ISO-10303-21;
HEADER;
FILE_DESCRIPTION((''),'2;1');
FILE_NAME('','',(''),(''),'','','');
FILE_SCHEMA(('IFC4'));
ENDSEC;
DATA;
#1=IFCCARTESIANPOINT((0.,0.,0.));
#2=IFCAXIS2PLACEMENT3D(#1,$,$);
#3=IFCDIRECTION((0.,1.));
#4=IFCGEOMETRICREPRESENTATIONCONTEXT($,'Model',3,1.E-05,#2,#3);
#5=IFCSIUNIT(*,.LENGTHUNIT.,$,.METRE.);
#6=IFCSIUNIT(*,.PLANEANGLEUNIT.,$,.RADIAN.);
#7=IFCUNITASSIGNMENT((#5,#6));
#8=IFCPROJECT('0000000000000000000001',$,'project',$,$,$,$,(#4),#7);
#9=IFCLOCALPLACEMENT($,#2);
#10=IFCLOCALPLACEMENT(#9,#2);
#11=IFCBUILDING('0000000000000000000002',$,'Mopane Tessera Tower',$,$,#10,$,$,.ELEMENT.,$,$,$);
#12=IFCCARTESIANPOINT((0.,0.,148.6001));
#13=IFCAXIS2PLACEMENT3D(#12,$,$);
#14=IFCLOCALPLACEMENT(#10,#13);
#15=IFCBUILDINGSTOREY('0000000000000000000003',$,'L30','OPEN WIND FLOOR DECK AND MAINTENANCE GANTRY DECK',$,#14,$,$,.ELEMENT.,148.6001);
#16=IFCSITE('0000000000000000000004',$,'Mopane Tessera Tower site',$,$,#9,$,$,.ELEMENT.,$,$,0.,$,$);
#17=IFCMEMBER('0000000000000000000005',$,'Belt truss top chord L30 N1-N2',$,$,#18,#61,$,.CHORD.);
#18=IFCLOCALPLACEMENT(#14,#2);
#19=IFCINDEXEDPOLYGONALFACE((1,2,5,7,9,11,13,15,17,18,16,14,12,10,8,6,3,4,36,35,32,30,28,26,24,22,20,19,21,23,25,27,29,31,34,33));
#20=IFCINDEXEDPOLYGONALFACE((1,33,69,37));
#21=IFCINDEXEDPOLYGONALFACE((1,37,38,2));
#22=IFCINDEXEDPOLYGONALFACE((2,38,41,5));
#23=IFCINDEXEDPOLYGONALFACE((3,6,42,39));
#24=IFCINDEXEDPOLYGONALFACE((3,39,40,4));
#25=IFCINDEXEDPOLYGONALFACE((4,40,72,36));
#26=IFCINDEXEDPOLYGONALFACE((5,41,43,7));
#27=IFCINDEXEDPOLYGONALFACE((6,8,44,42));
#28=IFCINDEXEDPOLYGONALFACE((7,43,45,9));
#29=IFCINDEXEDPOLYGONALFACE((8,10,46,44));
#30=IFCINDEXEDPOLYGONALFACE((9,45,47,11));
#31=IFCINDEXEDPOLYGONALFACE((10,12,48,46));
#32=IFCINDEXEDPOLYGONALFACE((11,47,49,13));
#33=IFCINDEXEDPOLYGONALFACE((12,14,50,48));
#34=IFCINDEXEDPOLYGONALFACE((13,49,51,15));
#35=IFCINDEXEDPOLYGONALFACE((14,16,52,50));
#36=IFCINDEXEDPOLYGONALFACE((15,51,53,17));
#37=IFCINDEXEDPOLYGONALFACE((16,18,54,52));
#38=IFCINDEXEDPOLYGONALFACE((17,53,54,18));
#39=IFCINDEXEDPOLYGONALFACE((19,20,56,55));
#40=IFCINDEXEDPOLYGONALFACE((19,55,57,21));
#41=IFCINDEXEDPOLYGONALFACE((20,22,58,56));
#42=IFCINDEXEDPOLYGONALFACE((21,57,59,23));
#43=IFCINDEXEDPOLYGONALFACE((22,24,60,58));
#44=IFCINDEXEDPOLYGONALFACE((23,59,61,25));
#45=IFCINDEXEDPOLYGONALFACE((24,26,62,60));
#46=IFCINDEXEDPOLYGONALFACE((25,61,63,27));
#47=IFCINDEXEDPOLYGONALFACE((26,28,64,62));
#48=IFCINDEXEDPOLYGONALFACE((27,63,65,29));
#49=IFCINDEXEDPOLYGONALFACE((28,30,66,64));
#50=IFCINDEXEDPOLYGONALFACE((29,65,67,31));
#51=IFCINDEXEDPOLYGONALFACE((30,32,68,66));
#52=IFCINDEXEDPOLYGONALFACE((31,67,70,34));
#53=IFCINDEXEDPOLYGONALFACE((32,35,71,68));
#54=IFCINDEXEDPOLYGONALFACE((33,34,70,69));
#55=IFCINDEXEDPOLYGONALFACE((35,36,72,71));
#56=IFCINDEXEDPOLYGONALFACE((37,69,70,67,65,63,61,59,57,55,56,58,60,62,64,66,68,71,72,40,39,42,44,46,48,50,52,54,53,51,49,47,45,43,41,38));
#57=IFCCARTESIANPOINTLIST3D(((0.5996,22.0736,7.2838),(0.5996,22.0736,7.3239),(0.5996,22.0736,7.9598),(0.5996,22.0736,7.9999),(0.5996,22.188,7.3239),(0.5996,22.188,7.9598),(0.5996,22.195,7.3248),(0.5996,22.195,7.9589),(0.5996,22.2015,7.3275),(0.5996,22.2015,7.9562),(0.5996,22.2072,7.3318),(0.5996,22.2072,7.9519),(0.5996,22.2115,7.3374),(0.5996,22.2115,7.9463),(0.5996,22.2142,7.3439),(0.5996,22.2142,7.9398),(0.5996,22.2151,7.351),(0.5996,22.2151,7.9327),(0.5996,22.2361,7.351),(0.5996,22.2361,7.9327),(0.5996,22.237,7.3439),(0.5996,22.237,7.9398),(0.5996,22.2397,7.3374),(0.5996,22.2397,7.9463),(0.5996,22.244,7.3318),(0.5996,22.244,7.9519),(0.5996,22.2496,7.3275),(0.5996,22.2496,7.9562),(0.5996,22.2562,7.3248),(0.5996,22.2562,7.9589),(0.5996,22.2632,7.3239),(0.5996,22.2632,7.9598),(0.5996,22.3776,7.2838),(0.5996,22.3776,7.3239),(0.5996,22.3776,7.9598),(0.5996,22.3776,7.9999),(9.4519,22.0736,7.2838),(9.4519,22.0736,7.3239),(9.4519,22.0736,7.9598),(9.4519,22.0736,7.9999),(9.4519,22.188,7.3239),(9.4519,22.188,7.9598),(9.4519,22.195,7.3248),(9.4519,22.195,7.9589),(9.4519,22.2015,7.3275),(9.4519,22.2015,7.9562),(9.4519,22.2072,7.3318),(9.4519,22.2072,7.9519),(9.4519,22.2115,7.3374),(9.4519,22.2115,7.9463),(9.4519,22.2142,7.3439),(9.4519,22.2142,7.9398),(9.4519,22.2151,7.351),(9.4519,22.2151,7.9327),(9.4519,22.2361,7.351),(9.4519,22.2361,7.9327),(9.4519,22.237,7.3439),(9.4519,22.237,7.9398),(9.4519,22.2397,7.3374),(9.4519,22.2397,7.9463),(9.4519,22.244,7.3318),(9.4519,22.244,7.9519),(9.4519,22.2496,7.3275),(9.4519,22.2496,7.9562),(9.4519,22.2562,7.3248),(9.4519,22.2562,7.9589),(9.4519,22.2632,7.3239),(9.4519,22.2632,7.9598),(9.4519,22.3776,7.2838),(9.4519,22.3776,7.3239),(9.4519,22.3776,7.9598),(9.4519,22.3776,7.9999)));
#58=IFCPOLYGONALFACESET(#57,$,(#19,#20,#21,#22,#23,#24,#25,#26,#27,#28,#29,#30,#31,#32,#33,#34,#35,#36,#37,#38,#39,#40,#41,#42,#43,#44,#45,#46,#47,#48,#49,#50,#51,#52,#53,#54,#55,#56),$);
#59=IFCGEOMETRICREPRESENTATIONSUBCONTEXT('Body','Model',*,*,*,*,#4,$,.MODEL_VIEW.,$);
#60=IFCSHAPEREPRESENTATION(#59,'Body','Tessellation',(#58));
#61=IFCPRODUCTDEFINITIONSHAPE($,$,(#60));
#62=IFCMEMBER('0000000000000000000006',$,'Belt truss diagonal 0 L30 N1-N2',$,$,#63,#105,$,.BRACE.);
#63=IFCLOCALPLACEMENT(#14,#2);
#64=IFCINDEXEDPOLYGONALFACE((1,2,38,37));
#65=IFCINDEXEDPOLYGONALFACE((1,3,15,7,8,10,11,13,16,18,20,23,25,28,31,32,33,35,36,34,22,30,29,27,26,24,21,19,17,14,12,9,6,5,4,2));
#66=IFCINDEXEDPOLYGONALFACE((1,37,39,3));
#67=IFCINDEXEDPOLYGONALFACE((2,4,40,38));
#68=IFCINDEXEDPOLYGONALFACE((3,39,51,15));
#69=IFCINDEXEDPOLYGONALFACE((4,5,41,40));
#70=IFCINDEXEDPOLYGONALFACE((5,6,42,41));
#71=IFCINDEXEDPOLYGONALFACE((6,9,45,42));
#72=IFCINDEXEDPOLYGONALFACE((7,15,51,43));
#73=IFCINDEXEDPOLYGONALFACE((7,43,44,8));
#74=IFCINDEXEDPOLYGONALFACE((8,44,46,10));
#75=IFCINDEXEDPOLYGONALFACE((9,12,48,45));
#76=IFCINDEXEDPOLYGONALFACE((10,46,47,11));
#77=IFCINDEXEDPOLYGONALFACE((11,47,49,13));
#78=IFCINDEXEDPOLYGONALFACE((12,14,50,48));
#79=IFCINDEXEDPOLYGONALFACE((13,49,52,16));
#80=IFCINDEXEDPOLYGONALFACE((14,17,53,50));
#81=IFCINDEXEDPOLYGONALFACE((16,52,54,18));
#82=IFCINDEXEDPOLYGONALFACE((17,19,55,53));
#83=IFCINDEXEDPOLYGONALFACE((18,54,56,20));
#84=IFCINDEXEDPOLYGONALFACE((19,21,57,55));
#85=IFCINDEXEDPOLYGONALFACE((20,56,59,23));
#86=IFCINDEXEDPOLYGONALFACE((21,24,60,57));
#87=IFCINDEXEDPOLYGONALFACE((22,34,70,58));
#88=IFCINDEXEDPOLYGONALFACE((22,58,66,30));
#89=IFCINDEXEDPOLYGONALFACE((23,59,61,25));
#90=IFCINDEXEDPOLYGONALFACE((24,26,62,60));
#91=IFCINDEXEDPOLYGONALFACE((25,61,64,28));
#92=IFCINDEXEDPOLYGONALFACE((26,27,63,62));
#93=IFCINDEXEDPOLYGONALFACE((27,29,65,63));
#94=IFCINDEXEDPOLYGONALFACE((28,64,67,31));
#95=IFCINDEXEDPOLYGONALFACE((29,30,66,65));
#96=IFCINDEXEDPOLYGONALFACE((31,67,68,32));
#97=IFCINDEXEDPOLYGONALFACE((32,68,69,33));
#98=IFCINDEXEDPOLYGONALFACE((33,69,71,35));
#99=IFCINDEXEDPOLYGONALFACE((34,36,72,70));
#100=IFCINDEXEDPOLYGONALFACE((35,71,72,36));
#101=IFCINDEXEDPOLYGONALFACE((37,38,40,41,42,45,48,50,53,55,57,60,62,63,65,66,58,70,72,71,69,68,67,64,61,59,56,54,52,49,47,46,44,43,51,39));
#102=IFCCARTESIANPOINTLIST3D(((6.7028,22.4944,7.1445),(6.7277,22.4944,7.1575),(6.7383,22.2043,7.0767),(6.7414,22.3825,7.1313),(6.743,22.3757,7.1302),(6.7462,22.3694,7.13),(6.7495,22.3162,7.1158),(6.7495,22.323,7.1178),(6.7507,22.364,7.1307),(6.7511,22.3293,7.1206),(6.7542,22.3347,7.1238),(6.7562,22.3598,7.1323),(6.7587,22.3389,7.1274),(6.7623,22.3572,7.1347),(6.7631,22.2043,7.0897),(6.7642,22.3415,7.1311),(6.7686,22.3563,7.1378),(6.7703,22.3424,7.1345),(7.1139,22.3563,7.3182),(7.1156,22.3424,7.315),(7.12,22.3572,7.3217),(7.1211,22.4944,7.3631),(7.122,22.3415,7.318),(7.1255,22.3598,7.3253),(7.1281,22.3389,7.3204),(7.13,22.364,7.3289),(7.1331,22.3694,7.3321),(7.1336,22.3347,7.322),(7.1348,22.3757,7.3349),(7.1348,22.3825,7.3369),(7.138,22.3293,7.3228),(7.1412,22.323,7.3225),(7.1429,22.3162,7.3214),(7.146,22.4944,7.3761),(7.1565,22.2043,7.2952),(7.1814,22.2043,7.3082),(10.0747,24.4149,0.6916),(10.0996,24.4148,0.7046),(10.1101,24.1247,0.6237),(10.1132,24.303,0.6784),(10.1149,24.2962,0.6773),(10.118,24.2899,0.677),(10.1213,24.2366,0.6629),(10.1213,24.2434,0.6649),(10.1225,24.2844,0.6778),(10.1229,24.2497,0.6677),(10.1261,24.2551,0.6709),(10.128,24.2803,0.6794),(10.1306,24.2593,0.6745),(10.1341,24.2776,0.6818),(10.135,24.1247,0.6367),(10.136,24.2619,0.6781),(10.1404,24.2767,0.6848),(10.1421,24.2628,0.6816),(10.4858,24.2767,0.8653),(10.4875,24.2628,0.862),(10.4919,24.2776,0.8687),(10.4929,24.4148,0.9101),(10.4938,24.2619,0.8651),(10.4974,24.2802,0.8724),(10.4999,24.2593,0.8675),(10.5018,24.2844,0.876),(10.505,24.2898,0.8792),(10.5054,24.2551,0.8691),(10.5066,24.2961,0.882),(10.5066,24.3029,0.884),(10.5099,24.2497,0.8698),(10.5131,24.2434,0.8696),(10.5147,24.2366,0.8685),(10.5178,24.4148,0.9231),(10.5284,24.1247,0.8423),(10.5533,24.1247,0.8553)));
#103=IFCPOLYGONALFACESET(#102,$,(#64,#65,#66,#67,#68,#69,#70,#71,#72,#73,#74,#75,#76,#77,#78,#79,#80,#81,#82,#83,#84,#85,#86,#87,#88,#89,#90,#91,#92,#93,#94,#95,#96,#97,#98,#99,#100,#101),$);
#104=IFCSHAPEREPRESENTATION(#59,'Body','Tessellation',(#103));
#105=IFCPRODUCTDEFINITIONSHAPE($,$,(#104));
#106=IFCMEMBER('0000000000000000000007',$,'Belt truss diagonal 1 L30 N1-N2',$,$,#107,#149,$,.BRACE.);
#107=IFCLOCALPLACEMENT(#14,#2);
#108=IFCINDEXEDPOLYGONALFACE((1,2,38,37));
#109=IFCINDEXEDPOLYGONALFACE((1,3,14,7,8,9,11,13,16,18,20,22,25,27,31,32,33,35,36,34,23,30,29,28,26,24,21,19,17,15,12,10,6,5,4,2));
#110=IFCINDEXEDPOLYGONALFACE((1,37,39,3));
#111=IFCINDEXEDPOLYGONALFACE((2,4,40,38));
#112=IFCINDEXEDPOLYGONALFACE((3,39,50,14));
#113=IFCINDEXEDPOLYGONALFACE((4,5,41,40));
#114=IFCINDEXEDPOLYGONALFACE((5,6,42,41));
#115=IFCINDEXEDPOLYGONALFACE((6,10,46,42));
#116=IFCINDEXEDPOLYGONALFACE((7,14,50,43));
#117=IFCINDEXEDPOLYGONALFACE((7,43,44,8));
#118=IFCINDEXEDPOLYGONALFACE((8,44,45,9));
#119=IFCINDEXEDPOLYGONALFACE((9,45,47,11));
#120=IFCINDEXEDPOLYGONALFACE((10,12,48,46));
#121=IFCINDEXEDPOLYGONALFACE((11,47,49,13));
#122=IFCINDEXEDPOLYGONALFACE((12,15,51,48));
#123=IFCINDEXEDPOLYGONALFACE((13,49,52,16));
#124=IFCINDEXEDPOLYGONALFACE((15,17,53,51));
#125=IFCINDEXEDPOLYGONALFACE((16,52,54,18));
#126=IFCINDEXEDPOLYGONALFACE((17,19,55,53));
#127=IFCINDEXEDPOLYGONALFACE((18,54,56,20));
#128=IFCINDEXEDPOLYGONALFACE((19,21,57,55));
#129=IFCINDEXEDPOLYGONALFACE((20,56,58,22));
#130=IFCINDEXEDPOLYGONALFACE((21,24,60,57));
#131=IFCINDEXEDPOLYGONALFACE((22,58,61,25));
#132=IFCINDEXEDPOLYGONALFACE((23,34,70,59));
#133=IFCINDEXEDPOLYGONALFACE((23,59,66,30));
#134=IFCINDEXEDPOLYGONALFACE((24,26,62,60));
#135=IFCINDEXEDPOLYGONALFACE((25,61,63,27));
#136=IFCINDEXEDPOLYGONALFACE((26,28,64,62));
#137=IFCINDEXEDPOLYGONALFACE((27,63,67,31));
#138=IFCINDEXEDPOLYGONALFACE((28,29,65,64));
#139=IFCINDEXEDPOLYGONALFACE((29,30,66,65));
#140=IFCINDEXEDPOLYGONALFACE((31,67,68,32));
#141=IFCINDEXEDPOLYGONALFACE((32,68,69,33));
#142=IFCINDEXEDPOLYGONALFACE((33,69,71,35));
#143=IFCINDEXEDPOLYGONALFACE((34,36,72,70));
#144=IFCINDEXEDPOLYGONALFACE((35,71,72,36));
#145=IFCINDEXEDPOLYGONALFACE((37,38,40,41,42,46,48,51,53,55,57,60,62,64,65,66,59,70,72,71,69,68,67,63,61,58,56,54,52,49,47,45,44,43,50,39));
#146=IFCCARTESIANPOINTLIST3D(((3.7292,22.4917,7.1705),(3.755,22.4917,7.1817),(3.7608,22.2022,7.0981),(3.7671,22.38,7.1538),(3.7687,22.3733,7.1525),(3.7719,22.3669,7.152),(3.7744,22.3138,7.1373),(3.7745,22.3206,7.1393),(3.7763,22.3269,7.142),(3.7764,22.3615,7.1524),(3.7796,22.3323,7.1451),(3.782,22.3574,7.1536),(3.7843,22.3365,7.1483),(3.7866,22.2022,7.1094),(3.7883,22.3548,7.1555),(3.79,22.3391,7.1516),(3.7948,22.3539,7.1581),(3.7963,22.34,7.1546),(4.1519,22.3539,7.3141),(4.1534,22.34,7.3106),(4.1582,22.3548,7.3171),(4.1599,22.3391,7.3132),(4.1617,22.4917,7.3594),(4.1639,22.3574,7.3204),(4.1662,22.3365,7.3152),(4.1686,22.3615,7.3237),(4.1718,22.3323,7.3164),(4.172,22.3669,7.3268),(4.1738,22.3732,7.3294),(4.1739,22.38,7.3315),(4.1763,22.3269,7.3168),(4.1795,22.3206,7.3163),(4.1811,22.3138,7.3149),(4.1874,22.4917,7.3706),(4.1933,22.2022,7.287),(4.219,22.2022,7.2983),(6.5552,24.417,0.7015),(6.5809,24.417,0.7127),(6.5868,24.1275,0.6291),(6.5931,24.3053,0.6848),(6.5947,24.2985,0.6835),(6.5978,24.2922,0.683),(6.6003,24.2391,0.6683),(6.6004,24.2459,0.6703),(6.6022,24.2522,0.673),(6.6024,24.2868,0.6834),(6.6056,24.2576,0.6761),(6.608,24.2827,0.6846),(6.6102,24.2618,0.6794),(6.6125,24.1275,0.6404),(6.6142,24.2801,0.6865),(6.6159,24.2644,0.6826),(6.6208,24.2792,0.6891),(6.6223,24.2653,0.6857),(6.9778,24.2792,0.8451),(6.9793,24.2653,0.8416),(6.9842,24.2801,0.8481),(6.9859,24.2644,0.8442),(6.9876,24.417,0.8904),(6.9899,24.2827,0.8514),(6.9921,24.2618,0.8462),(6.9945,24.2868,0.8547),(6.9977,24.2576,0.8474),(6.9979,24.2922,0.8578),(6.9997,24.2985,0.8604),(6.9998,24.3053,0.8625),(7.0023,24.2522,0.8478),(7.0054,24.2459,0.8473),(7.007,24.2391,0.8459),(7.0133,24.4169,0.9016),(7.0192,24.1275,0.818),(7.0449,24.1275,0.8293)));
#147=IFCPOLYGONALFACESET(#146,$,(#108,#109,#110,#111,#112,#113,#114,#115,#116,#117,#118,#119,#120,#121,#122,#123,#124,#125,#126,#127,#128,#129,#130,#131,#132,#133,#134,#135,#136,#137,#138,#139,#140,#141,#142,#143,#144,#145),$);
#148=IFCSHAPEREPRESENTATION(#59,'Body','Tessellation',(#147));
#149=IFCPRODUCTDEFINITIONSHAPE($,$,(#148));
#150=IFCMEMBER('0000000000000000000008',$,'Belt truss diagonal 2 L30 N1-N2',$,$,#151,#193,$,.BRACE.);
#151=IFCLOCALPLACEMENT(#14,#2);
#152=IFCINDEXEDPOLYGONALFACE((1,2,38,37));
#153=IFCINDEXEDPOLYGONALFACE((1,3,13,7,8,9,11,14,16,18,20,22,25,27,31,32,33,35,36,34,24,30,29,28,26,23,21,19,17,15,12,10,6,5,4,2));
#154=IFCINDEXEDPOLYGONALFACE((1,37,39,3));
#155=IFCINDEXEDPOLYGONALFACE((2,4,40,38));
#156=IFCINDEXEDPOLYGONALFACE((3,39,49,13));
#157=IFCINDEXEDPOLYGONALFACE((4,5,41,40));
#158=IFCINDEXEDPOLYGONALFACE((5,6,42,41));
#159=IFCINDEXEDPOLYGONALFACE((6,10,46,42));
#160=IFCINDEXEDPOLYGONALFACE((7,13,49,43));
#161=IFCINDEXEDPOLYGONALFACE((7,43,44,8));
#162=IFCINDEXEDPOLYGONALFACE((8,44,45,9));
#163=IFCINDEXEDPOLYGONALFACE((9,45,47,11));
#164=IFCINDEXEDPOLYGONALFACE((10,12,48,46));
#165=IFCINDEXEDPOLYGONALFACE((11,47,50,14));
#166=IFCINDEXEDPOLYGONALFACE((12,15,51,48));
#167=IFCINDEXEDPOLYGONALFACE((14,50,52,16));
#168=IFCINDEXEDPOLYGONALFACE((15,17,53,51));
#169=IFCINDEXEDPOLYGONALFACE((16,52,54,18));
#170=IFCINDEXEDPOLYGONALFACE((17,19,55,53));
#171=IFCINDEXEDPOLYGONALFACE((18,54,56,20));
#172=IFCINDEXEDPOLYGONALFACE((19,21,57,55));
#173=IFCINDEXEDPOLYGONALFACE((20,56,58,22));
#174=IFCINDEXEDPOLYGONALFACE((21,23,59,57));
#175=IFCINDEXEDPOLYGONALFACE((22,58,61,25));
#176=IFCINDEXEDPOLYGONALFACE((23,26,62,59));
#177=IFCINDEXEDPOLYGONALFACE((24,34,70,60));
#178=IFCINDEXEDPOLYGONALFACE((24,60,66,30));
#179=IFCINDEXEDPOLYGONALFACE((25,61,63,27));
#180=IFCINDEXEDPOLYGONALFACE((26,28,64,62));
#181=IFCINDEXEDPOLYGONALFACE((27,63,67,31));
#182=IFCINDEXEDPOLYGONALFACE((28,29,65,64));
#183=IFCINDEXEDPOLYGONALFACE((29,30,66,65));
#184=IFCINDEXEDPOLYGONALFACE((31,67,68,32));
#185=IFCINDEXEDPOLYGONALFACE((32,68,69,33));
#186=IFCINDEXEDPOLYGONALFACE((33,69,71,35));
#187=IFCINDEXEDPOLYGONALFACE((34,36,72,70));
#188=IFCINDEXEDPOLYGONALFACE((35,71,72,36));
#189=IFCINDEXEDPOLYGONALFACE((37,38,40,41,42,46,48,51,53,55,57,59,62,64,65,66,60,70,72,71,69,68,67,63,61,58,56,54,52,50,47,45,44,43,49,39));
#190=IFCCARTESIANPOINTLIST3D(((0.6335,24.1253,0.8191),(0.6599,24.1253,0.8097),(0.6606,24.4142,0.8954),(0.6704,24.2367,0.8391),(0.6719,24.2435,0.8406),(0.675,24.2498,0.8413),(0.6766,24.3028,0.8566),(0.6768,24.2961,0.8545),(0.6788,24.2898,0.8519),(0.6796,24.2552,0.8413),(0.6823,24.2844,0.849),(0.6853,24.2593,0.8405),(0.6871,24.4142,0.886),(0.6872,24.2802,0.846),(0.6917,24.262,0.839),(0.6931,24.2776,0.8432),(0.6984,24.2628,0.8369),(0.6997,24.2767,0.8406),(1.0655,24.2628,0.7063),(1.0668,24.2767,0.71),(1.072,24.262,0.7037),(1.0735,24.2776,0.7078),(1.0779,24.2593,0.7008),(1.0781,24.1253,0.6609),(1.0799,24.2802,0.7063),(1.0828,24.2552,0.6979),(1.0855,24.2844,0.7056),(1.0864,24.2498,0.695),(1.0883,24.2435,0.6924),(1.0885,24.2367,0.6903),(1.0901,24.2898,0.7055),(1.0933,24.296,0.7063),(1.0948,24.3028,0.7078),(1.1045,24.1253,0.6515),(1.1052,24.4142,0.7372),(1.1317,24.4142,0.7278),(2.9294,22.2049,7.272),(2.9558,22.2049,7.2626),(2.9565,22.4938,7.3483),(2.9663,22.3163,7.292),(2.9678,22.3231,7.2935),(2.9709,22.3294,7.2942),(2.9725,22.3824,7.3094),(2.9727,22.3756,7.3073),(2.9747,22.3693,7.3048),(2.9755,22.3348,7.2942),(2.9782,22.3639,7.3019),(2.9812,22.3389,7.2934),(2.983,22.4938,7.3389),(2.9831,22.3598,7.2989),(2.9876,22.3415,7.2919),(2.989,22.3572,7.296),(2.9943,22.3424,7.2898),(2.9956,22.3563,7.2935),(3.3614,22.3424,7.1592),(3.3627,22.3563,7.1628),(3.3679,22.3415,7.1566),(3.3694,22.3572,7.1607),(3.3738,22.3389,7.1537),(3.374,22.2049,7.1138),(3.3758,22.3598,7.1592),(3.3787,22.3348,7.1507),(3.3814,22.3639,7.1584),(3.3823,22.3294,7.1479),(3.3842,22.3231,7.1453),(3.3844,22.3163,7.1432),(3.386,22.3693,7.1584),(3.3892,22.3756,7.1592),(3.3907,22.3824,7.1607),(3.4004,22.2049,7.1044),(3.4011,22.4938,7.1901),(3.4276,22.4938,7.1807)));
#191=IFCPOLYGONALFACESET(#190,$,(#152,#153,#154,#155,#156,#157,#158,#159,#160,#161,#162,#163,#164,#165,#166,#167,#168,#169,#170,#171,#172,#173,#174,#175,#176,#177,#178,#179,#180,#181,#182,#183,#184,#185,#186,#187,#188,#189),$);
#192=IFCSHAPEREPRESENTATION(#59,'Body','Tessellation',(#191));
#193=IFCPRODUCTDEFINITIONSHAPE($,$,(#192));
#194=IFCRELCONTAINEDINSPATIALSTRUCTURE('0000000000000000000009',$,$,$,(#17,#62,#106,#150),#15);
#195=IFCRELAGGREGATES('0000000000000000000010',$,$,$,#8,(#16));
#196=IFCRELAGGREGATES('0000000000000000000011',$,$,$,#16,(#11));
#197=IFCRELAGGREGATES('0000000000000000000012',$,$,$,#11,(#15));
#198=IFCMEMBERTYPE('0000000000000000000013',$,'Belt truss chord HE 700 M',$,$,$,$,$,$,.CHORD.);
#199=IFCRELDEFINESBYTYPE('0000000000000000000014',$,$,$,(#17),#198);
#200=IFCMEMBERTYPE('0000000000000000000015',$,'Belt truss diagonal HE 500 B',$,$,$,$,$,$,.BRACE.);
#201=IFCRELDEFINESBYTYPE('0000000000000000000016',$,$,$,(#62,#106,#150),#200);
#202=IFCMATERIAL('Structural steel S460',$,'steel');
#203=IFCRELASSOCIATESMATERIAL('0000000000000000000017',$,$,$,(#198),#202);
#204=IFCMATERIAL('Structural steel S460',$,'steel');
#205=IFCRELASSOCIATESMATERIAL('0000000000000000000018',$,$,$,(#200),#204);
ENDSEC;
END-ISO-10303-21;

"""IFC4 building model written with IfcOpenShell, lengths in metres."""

from ifc_helpers import new_model, si_unit, direction, frame, origin, origin_2d, place, context, subcontext, project, spatial, i_section, extrude, material, material_profile, profile_set, type_object, element, save


model = new_model("IFC4")

# Units and contexts
model_context = context("Model", 3, precision=1e-05, world=origin(), true_north=direction((0.0, 1.0)))
body_context = subcontext(model_context, "Body", "Model", "MODEL_VIEW")
ifc_project = project(units=[si_unit("LENGTHUNIT", "METRE"), si_unit("PLANEANGLEUNIT", "RADIAN")], contexts=[model_context])

# Site, building, storey
site_placement = place(None, origin())
site = spatial("IfcSite", under=ifc_project, at=site_placement, Name="Mopane Tessera Tower site", CompositionType="ELEMENT", RefElevation=0.0)
building_placement = place(site_placement, origin())
building = spatial("IfcBuilding", under=site, at=building_placement, Name="Mopane Tessera Tower", CompositionType="ELEMENT")
storey_placement = place(building_placement, frame((0.0, 0.0, 148.6001)))
storey = spatial("IfcBuildingStorey", under=building, at=storey_placement, Name="L30", Description="OPEN WIND FLOOR DECK AND MAINTENANCE GANTRY DECK", CompositionType="ELEMENT", Elevation=148.6001)

# Members
ifc_material_1 = material(Name="Structural steel S460", Category="steel")
ifc_material_profile_1 = material_profile(ifc_material_1, i_section(OverallWidth=0.304, OverallDepth=0.7161, WebThickness=0.021, FlangeThickness=0.04, FilletRadius=0.0271, at=origin_2d()))
ifc_profile_set_1 = profile_set([ifc_material_profile_1], Name="Structural steel S460")
member_type_1 = type_object("IfcMemberType", Name="Belt truss chord HE 700 M", PredefinedType="CHORD", material=ifc_profile_set_1)
member_1_placement = place(storey_placement, frame((9.4519, 22.2256, 7.6418), z_axis=(-1.0, 0.0, 0.0), x_axis=(0.0, -1.0, 0.0)))
element("IfcMember", 1, at=member_1_placement, inside=storey, type_object=member_type_1, Name="Belt truss top chord L30 N1-N2", PredefinedType="CHORD", context=body_context, shape_type="SweptSolid", body=[
    extrude(i_section(OverallWidth=0.304, OverallDepth=0.7161, WebThickness=0.021, FlangeThickness=0.04, FilletRadius=0.0271, at=origin_2d()), origin(), (0.0, 0.0, 1.0), 8.8523),
])
ifc_material_2 = material(Name="Structural steel S460", Category="steel")
ifc_material_profile_2 = material_profile(ifc_material_2, i_section(OverallWidth=0.3, OverallDepth=0.5, WebThickness=0.0144, FlangeThickness=0.0281, FilletRadius=0.0271, at=origin_2d()))
ifc_profile_set_2 = profile_set([ifc_material_profile_2], Name="Structural steel S460")
member_type_2 = type_object("IfcMemberType", Name="Belt truss diagonal HE 500 B", PredefinedType="BRACE", material=ifc_profile_set_2)
member_2_placement = place(storey_placement, frame((10.314, 24.2698, 0.7734), z_axis=(-0.447802, -0.255044, 0.856987), x_axis=(0.118069, -0.96693, -0.226068)))
element("IfcMember", 2, at=member_2_placement, inside=storey, type_object=member_type_2, Name="Belt truss diagonal 0 L30 N1-N2", PredefinedType="BRACE", context=body_context, shape_type="SweptSolid", body=[
    extrude(i_section(OverallWidth=0.3, OverallDepth=0.5, WebThickness=0.0144, FlangeThickness=0.0281, FilletRadius=0.0271, at=origin_2d()), origin(), (0.0, 0.0, 1.0), 7.5298),
])
member_3_placement = place(storey_placement, frame((6.8, 24.2722, 0.7654), z_axis=(-0.386207, -0.263121, 0.884088), x_axis=(0.105312, -0.964763, -0.241127)))
element("IfcMember", 3, at=member_3_placement, inside=storey, type_object=member_type_2, Name="Belt truss diagonal 1 L30 N1-N2", PredefinedType="BRACE", context=body_context, shape_type="SweptSolid", body=[
    extrude(i_section(OverallWidth=0.3, OverallDepth=0.5, WebThickness=0.0144, FlangeThickness=0.0281, FilletRadius=0.0271, at=origin_2d()), origin(), (0.0, 0.0, 1.0), 7.3171),
])
member_4_placement = place(storey_placement, frame((3.1785, 22.3494, 7.2263), z_axis=(-0.322762, 0.269975, -0.907159), x_axis=(-0.090501, -0.962867, -0.254354)))
element("IfcMember", 4, at=member_4_placement, inside=storey, type_object=member_type_2, Name="Belt truss diagonal 2 L30 N1-N2", PredefinedType="BRACE", context=body_context, shape_type="SweptSolid", body=[
    extrude(i_section(OverallWidth=0.3, OverallDepth=0.5, WebThickness=0.0144, FlangeThickness=0.0281, FilletRadius=0.0271, at=origin_2d()), origin(), (0.0, 0.0, 1.0), 7.1133),
])

save(model, "model.ifc")
